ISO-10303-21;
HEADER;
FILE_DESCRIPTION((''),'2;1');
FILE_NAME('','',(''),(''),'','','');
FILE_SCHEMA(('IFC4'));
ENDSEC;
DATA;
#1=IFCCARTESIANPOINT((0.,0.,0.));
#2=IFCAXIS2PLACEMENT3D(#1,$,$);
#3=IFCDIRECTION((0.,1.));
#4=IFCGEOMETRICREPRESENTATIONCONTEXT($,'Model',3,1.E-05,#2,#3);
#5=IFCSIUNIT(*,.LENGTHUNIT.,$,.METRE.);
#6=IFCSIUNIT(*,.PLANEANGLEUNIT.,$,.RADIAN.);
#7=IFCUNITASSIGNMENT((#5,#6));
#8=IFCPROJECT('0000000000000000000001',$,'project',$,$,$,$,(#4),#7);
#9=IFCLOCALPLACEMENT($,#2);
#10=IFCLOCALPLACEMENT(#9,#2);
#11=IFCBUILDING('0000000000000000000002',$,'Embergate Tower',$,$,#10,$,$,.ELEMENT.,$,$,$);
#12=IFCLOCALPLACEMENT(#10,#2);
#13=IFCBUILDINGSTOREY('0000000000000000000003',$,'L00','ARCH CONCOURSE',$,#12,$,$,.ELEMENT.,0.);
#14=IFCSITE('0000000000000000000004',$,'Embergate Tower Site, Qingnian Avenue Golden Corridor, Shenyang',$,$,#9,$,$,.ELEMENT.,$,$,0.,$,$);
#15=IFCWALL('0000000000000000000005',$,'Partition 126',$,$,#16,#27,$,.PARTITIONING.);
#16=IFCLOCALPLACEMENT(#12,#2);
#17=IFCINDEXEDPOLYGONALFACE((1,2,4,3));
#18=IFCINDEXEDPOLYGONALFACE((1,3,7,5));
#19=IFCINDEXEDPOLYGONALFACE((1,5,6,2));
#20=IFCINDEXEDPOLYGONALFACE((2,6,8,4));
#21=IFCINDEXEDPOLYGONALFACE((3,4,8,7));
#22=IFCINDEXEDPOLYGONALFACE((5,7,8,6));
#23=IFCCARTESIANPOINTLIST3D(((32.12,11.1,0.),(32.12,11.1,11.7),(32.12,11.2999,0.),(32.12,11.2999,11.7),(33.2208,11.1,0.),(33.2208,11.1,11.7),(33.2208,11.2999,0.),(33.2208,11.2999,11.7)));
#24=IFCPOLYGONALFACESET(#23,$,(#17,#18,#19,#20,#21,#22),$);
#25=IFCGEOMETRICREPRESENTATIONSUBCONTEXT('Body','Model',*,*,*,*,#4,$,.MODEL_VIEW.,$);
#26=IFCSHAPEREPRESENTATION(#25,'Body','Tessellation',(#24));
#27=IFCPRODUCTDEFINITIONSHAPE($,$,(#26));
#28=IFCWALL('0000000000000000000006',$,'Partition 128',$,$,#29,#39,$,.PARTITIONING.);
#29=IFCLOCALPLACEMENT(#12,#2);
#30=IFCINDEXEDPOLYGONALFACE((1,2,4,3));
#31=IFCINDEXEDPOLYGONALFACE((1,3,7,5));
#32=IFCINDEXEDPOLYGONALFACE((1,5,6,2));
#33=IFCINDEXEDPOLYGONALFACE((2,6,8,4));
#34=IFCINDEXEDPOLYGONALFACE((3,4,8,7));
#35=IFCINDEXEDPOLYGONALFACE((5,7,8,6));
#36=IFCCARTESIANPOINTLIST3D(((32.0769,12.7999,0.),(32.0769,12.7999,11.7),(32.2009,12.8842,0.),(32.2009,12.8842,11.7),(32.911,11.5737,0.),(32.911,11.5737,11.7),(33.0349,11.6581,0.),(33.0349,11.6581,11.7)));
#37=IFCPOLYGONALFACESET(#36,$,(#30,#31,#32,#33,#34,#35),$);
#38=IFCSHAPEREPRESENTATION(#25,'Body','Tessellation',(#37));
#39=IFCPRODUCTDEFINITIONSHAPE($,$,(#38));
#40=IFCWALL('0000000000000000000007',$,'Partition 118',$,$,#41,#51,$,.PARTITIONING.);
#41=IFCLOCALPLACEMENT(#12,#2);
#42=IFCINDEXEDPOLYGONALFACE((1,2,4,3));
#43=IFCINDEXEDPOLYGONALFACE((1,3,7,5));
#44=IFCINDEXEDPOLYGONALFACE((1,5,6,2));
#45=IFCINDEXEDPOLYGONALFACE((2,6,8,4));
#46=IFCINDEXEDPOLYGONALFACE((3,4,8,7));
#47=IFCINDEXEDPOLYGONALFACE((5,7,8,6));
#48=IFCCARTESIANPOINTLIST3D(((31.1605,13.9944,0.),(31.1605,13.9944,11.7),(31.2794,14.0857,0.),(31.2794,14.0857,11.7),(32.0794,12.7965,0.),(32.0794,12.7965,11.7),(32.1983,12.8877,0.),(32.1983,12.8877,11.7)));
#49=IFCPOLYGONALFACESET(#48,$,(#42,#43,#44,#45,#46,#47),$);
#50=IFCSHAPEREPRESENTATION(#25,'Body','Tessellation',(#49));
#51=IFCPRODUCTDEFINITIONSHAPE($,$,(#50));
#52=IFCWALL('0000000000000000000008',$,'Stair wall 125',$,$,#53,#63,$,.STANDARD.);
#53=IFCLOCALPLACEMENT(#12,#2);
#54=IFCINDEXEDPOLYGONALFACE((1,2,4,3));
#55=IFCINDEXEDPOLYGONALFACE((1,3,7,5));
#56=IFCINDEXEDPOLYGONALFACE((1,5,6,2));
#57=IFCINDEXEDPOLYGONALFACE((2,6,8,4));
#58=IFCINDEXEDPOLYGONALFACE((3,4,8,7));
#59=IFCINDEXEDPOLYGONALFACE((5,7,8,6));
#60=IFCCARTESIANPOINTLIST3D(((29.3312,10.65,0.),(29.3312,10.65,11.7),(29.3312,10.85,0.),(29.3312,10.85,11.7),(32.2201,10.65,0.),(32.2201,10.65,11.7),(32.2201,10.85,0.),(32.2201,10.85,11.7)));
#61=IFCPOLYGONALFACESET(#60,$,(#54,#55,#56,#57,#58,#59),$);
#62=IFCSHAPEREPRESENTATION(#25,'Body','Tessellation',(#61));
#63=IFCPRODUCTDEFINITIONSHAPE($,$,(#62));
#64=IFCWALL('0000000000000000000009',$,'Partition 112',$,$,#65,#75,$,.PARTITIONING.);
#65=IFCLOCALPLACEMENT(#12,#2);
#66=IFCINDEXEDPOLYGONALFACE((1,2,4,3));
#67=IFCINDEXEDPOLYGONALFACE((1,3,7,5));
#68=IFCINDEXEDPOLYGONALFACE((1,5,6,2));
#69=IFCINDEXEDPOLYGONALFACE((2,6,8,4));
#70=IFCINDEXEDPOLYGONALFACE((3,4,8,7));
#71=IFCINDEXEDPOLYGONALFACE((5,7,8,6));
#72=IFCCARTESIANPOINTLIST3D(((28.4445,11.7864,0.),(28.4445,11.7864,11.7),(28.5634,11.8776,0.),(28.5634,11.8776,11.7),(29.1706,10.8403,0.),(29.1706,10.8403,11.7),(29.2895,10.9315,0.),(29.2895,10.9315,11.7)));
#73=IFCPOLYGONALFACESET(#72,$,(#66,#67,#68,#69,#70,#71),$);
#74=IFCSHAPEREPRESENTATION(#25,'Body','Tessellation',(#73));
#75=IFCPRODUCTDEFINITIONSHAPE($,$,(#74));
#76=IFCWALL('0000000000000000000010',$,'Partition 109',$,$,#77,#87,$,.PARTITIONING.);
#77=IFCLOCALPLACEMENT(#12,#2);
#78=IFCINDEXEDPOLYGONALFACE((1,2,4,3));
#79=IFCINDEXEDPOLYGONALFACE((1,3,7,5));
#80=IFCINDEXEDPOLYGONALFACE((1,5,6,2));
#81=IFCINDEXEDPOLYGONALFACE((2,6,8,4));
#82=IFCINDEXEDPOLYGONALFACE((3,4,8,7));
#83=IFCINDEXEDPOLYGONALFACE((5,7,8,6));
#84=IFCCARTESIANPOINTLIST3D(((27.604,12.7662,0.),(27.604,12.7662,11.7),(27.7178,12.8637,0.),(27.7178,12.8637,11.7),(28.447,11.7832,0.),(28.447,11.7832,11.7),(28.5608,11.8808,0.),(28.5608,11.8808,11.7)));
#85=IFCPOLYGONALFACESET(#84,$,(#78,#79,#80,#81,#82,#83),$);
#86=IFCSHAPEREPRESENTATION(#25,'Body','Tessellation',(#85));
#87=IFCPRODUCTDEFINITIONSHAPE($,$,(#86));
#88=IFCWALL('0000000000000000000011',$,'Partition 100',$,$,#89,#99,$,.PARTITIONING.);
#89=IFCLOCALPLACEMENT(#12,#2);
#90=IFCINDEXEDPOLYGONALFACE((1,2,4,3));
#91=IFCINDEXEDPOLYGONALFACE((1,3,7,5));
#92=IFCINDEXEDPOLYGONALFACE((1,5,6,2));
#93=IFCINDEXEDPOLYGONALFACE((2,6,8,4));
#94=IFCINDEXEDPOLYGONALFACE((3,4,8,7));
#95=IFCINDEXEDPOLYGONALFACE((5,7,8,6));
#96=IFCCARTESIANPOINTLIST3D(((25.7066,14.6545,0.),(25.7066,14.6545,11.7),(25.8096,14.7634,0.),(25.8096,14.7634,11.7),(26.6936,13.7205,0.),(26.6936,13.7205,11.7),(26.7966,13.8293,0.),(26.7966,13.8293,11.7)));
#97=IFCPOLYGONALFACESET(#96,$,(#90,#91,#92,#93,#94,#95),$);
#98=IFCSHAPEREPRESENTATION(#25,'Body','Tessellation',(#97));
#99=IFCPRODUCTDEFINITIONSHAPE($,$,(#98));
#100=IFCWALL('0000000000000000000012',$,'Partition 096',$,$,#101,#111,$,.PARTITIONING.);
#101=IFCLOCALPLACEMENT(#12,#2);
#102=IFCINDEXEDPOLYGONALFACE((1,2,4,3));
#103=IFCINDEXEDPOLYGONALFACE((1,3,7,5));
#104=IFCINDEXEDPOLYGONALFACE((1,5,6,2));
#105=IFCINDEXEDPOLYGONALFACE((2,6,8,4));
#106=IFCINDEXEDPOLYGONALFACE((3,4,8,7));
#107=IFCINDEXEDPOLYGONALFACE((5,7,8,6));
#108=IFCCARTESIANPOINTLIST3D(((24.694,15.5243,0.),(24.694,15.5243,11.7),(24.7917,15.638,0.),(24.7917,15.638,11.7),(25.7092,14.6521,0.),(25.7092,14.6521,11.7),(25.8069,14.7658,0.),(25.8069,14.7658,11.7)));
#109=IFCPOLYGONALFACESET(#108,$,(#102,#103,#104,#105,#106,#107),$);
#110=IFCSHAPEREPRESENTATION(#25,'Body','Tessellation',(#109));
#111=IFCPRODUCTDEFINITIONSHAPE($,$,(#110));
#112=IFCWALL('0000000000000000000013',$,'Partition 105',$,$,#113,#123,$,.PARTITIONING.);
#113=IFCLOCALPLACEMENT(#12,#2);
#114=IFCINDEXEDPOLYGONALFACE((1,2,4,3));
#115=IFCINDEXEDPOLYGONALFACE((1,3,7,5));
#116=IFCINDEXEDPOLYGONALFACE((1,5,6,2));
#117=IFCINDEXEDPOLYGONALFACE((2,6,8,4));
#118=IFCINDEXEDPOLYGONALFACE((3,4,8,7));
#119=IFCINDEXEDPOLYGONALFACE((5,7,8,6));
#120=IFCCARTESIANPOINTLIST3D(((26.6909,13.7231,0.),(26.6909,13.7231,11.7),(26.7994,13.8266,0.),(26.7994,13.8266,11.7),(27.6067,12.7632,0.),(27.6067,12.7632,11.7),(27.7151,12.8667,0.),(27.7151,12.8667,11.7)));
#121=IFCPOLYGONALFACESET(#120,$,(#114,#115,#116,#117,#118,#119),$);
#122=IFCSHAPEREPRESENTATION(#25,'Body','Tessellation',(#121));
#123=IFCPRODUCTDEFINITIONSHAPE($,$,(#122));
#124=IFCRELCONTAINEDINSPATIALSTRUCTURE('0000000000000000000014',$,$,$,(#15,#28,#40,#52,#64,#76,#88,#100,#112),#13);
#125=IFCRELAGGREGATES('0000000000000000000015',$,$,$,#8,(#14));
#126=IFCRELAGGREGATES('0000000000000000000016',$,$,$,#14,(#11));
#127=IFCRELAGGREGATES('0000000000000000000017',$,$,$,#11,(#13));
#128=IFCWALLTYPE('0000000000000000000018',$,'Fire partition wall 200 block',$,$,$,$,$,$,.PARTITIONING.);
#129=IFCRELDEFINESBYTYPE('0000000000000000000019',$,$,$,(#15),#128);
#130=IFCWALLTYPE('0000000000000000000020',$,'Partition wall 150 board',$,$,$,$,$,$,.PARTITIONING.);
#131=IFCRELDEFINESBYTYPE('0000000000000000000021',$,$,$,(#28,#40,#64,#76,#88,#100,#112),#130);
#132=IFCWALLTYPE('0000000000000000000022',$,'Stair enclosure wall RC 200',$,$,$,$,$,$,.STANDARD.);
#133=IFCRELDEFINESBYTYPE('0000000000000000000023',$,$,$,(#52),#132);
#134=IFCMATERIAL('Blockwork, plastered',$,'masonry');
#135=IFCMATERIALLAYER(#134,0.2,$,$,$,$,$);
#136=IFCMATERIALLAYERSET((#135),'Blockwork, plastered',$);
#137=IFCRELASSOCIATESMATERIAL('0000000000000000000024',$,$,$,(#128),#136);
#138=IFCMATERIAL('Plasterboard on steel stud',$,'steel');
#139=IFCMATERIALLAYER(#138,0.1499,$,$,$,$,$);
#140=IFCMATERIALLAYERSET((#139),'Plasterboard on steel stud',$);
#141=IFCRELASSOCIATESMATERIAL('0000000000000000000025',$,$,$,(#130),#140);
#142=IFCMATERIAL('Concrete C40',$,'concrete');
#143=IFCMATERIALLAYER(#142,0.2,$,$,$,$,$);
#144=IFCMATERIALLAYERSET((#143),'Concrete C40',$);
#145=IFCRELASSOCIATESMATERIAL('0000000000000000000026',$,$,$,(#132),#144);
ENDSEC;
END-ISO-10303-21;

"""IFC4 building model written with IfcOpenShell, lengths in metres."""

from ifc_helpers import new_model, si_unit, direction, frame, frame_2d, origin, place, context, subcontext, project, spatial, rectangle, extrude, source, transform, mapped, material, layer, layer_set, type_object, element, save


model = new_model("IFC4")

# Units and contexts
model_context = context("Model", 3, precision=1e-05, world=origin(), true_north=direction((0.0, 1.0)))
body_context = subcontext(model_context, "Body", "Model", "MODEL_VIEW")
ifc_project = project(units=[si_unit("LENGTHUNIT", "METRE"), si_unit("PLANEANGLEUNIT", "RADIAN")], contexts=[model_context])

# Site, building, storey
site_placement = place(None, origin())
site = spatial("IfcSite", under=ifc_project, at=site_placement, Name="Embergate Tower Site, Qingnian Avenue Golden Corridor, Shenyang", CompositionType="ELEMENT", RefElevation=0.0)
building_placement = place(site_placement, origin())
building = spatial("IfcBuilding", under=site, at=building_placement, Name="Embergate Tower", CompositionType="ELEMENT")
storey_placement = place(building_placement, origin())
storey = spatial("IfcBuildingStorey", under=building, at=storey_placement, Name="L00", Description="ARCH CONCOURSE", CompositionType="ELEMENT", Elevation=0.0)

# Walls
ifc_material_1 = material(Name="Blockwork, plastered", Category="masonry")
ifc_layer_1 = layer(ifc_material_1, 0.2)
ifc_layer_set_1 = layer_set([ifc_layer_1], Name="Blockwork, plastered")
wall_type_1 = type_object("IfcWallType", Name="Fire partition wall 200 block", PredefinedType="PARTITIONING", material=ifc_layer_set_1)
shared_shape_1 = source(origin(), body_context, "Body", "SweptSolid", [
    extrude(rectangle(XDim=1.1008, YDim=0.2, at=frame_2d((0.5503, 0.0))), origin(), (0.0, 0.0, 1.0), 11.7),
])
wall_1_placement = place(storey_placement, frame((32.1201, 11.2, 0.0), z_axis=(0.0, 0.0, 1.0), x_axis=(1.0, 0.0, 0.0)))
element("IfcWall", 1, at=wall_1_placement, inside=storey, type_object=wall_type_1, Name="Partition 126", PredefinedType="PARTITIONING", context=body_context, shape_type="MappedRepresentation", body=[
    mapped(shared_shape_1, transform((0.0, 0.0, 0.0))),
])
ifc_material_2 = material(Name="Plasterboard on steel stud", Category="steel")
ifc_layer_2 = layer(ifc_material_2, 0.1499)
ifc_layer_set_2 = layer_set([ifc_layer_2], Name="Plasterboard on steel stud")
wall_type_2 = type_object("IfcWallType", Name="Partition wall 150 board", PredefinedType="PARTITIONING", material=ifc_layer_set_2)
shared_shape_2 = source(origin(), body_context, "Body", "SweptSolid", [
    extrude(rectangle(XDim=1.4829, YDim=0.1499, at=frame_2d((0.7415, 0.0))), origin(), (0.0, 0.0, 1.0), 11.7),
])
wall_2_placement = place(storey_placement, frame((32.1389, 12.842, 0.0), z_axis=(0.0, 0.0, 1.0), x_axis=(0.562427, -0.826847, 0.0)))
element("IfcWall", 2, at=wall_2_placement, inside=storey, type_object=wall_type_2, Name="Partition 128", PredefinedType="PARTITIONING", context=body_context, shape_type="MappedRepresentation", body=[
    mapped(shared_shape_2, transform((0.0, 0.0, 0.0))),
])
shared_shape_3 = source(origin(), body_context, "Body", "SweptSolid", [
    extrude(rectangle(XDim=1.5098, YDim=0.1499, at=frame_2d((0.7549, 0.0))), origin(), (0.0, 0.0, 1.0), 11.7),
])
wall_3_placement = place(storey_placement, frame((31.22, 14.04, 0.0), z_axis=(0.0, 0.0, 1.0), x_axis=(0.608632, -0.793453, 0.0)))
element("IfcWall", 3, at=wall_3_placement, inside=storey, type_object=wall_type_2, Name="Partition 118", PredefinedType="PARTITIONING", context=body_context, shape_type="MappedRepresentation", body=[
    mapped(shared_shape_3, transform((0.0, 0.0, 0.0))),
])
ifc_material_3 = material(Name="Concrete C40", Category="concrete")
ifc_layer_3 = layer(ifc_material_3, 0.2)
ifc_layer_set_3 = layer_set([ifc_layer_3], Name="Concrete C40")
wall_type_3 = type_object("IfcWallType", Name="Stair enclosure wall RC 200", PredefinedType="STANDARD", material=ifc_layer_set_3)
shared_shape_4 = source(origin(), body_context, "Body", "SweptSolid", [
    extrude(rectangle(XDim=2.8889, YDim=0.2, at=frame_2d((1.4443, 0.0))), origin(), (0.0, 0.0, 1.0), 11.7),
])
wall_4_placement = place(storey_placement, frame((32.22, 10.75, 0.0), z_axis=(0.0, 0.0, 1.0), x_axis=(-1.0, 0.0, 0.0)))
element("IfcWall", 4, at=wall_4_placement, inside=storey, type_object=wall_type_3, Name="Stair wall 125", PredefinedType="STANDARD", context=body_context, shape_type="MappedRepresentation", body=[
    mapped(shared_shape_4, transform((0.0, 0.0, 0.0))),
])
shared_shape_5 = source(origin(), body_context, "Body", "SweptSolid", [
    extrude(rectangle(XDim=1.1926, YDim=0.1499, at=frame_2d((0.5962, 0.0))), origin(), (0.0, 0.0, 1.0), 11.7),
])
wall_5_placement = place(storey_placement, frame((29.23, 10.886, 0.0), z_axis=(0.0, 0.0, 1.0), x_axis=(-0.60884, 0.793293, 0.0)))
element("IfcWall", 5, at=wall_5_placement, inside=storey, type_object=wall_type_2, Name="Partition 112", PredefinedType="PARTITIONING", context=body_context, shape_type="MappedRepresentation", body=[
    mapped(shared_shape_5, transform((0.0, 0.0, 0.0))),
])
shared_shape_6 = source(origin(), body_context, "Body", "SweptSolid", [
    extrude(rectangle(XDim=1.2949, YDim=0.1499, at=frame_2d((0.6475, 0.0))), origin(), (0.0, 0.0, 1.0), 11.7),
])
wall_6_placement = place(storey_placement, frame((28.5039, 11.832, 0.0), z_axis=(0.0, 0.0, 1.0), x_axis=(-0.651024, 0.759057, 0.0)))
element("IfcWall", 6, at=wall_6_placement, inside=storey, type_object=wall_type_2, Name="Partition 109", PredefinedType="PARTITIONING", context=body_context, shape_type="MappedRepresentation", body=[
    mapped(shared_shape_6, transform((0.0, 0.0, 0.0))),
])
shared_shape_7 = source(origin(), body_context, "Body", "SweptSolid", [
    extrude(rectangle(XDim=1.3589, YDim=0.1499, at=frame_2d((0.6794, 0.0))), origin(), (0.0, 0.0, 1.0), 11.7),
])
wall_7_placement = place(storey_placement, frame((26.7451, 13.7749, 0.0), z_axis=(0.0, 0.0, 1.0), x_axis=(-0.72633, 0.687346, 0.0)))
element("IfcWall", 7, at=wall_7_placement, inside=storey, type_object=wall_type_2, Name="Partition 100", PredefinedType="PARTITIONING", context=body_context, shape_type="MappedRepresentation", body=[
    mapped(shared_shape_7, transform((0.0, 0.0, 0.0))),
])
shared_shape_8 = source(origin(), body_context, "Body", "SweptSolid", [
    extrude(rectangle(XDim=1.3384, YDim=0.1499, at=frame_2d((0.6692, 0.0))), origin(), (0.0, 0.0, 1.0), 11.7),
])
wall_8_placement = place(storey_placement, frame((25.7581, 14.709, 0.0), z_axis=(0.0, 0.0, 1.0), x_axis=(-0.758535, 0.651632, 0.0)))
element("IfcWall", 8, at=wall_8_placement, inside=storey, type_object=wall_type_2, Name="Partition 096", PredefinedType="PARTITIONING", context=body_context, shape_type="MappedRepresentation", body=[
    mapped(shared_shape_8, transform((0.0, 0.0, 0.0))),
])
shared_shape_9 = source(origin(), body_context, "Body", "SweptSolid", [
    extrude(rectangle(XDim=1.3267, YDim=0.1499, at=frame_2d((0.6633, 0.0))), origin(), (0.0, 0.0, 1.0), 11.7),
])
wall_9_placement = place(storey_placement, frame((27.6609, 12.8149, 0.0), z_axis=(0.0, 0.0, 1.0), x_axis=(-0.690257, 0.723564, 0.0)))
element("IfcWall", 9, at=wall_9_placement, inside=storey, type_object=wall_type_2, Name="Partition 105", PredefinedType="PARTITIONING", context=body_context, shape_type="MappedRepresentation", body=[
    mapped(shared_shape_9, transform((0.0, 0.0, 0.0))),
])

save(model, "model.ifc")
